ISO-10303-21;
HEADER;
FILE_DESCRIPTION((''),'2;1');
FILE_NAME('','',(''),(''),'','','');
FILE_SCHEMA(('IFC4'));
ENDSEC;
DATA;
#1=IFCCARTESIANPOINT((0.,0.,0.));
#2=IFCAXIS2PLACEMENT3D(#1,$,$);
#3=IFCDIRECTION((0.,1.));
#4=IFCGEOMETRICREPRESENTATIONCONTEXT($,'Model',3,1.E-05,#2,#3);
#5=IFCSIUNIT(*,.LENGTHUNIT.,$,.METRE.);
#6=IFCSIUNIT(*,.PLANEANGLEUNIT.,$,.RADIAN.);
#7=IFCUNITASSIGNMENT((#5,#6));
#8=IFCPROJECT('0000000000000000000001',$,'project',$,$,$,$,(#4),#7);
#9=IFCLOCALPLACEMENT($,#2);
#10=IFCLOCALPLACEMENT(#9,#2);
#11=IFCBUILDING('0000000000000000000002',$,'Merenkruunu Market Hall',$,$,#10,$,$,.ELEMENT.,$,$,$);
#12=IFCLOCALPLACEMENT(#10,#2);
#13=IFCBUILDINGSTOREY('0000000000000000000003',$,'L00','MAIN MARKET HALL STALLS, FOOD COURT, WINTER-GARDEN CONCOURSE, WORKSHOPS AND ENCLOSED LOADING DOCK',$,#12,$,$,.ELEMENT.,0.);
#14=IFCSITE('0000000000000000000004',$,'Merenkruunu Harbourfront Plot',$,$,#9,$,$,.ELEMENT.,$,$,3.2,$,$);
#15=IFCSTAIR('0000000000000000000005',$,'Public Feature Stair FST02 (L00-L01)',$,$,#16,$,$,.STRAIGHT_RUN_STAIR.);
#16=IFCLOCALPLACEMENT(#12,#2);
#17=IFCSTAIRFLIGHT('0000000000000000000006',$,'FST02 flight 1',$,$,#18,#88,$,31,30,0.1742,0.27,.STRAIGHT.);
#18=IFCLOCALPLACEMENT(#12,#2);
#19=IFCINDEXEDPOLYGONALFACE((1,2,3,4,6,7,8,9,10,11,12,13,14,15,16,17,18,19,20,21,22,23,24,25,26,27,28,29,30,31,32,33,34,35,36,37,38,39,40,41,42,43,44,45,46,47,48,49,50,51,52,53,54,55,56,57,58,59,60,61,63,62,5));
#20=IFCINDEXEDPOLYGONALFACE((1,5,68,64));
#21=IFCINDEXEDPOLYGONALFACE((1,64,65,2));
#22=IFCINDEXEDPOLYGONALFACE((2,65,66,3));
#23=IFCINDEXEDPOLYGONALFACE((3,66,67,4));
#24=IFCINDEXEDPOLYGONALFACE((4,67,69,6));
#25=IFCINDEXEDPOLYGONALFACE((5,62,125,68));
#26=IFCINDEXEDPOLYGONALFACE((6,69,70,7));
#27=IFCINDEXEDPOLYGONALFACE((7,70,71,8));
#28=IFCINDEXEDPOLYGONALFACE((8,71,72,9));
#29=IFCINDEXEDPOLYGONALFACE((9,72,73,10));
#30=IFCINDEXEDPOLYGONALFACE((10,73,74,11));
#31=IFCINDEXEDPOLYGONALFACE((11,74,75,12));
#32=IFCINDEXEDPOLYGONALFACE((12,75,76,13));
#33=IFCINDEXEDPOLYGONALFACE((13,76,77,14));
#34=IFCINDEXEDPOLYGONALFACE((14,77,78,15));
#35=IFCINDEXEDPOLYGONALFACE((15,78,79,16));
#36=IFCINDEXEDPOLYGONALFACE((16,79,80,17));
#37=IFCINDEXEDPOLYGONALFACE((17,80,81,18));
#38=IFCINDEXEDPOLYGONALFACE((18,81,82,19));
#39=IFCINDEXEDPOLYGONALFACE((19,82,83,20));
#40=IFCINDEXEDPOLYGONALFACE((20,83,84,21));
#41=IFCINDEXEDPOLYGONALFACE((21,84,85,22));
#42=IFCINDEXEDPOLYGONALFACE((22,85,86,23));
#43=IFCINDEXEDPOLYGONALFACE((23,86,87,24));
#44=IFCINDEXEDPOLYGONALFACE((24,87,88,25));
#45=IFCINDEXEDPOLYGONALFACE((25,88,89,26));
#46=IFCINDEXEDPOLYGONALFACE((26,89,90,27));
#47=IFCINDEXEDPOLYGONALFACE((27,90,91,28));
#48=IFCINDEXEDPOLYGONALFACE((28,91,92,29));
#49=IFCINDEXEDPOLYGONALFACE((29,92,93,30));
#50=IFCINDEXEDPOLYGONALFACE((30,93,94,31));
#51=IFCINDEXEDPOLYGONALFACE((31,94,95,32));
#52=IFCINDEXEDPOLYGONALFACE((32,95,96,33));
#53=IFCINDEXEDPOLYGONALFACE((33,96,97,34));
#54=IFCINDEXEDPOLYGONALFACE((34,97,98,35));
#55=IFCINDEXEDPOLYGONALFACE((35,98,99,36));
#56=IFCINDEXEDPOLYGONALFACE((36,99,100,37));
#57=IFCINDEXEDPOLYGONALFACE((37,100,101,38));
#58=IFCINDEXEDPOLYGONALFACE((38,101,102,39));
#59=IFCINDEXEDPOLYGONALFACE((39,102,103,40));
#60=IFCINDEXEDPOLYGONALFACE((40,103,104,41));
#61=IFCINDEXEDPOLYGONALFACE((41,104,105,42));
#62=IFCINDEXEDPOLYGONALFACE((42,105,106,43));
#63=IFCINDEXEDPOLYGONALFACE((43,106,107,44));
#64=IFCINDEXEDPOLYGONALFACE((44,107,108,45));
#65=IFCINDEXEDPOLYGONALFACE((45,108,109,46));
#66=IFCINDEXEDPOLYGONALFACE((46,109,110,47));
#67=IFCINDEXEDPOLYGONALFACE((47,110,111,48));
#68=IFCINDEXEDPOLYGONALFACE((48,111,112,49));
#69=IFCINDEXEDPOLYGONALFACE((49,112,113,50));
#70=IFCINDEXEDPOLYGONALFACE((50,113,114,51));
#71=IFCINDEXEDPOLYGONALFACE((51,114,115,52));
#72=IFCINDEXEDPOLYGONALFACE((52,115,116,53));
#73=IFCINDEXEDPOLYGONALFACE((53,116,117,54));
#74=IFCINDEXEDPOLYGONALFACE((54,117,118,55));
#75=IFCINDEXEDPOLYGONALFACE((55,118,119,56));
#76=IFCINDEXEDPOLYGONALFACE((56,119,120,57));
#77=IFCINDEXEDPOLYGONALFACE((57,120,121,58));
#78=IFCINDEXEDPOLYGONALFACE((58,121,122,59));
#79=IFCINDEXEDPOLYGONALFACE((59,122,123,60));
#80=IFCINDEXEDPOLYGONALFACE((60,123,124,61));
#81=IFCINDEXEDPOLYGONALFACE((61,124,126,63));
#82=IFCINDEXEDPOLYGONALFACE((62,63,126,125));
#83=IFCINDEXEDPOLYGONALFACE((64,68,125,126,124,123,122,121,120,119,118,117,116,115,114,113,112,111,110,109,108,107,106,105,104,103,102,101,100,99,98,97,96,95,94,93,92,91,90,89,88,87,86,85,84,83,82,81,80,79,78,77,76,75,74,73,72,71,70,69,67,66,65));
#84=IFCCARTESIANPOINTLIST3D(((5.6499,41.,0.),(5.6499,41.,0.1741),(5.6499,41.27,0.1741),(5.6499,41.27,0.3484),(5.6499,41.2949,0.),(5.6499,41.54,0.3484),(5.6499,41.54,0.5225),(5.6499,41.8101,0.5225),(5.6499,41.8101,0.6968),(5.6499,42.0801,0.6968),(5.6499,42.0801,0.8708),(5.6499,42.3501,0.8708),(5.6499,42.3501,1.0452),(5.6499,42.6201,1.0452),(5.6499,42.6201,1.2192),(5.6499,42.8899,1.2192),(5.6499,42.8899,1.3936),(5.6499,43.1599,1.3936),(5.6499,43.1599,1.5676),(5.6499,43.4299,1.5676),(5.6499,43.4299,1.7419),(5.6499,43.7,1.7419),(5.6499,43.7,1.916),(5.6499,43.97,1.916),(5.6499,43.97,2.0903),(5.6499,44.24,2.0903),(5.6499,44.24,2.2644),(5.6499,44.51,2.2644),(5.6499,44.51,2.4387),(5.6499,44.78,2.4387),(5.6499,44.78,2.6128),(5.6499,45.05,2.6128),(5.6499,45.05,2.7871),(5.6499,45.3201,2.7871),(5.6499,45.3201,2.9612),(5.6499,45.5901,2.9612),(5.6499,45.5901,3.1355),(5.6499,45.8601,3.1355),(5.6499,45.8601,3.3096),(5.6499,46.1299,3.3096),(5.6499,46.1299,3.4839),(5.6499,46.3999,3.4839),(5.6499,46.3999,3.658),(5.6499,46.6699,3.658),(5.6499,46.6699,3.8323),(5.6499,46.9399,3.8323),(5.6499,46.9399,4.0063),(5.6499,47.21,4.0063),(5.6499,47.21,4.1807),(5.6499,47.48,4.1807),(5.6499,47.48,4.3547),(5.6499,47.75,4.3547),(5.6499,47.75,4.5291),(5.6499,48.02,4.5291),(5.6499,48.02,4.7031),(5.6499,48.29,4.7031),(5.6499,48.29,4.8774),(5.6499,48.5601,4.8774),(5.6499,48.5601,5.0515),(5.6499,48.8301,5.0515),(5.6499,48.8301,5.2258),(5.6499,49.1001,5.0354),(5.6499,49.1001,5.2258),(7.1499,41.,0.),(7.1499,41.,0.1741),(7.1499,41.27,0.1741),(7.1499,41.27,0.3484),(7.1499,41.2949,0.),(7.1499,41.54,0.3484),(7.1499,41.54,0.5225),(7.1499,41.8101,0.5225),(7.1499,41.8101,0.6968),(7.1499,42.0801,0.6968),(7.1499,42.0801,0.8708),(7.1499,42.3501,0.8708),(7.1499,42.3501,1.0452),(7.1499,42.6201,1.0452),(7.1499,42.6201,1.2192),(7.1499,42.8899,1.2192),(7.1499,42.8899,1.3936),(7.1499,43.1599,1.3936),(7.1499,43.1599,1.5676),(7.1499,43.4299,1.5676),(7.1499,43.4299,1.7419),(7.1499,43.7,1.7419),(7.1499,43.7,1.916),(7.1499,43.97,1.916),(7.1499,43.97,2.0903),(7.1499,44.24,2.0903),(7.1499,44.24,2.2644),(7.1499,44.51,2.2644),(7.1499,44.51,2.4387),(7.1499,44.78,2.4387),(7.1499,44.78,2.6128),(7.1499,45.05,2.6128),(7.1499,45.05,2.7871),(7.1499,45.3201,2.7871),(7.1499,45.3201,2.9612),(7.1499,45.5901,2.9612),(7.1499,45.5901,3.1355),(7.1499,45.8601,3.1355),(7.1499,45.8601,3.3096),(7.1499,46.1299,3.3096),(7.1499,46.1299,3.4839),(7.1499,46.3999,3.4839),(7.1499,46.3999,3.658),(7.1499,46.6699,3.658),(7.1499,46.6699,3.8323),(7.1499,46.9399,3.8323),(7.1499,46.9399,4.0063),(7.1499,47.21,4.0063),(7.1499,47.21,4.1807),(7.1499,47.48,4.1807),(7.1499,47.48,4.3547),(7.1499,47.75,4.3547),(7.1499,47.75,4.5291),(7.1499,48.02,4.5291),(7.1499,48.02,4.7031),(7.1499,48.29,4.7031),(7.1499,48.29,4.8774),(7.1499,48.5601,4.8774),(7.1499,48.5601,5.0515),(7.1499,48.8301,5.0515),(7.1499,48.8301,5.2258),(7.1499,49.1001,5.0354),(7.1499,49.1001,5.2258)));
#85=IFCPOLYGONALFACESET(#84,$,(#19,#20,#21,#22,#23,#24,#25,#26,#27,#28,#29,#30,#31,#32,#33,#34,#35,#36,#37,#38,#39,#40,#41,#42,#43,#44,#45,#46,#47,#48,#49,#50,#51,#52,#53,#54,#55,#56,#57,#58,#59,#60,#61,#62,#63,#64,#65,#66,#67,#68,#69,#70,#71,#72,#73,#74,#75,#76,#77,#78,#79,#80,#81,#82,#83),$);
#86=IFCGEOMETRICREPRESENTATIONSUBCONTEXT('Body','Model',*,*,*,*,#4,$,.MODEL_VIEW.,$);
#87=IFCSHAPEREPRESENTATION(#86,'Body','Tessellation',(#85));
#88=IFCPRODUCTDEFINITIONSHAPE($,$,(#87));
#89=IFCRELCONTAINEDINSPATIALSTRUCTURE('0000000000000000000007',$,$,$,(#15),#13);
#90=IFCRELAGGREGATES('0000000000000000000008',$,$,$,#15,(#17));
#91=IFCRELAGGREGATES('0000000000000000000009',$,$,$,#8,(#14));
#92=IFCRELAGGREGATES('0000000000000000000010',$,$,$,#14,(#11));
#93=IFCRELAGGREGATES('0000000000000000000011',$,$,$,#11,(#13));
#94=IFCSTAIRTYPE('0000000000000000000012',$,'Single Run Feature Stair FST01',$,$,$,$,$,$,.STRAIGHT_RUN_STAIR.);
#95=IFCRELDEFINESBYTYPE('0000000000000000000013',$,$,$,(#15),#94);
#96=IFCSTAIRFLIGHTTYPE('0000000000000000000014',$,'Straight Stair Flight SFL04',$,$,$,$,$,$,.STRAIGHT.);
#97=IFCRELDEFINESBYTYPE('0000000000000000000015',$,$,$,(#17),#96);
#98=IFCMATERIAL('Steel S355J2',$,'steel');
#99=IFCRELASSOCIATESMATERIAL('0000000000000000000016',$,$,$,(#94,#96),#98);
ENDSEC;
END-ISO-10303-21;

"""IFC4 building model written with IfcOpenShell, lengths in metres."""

from ifc_helpers import new_model, si_unit, direction, frame, origin, place, context, subcontext, project, spatial, polyline, outline, extrude, material, type_object, element, aggregate, save


model = new_model("IFC4")

# Units and contexts
model_context = context("Model", 3, precision=1e-05, world=origin(), true_north=direction((0.0, 1.0)))
body_context = subcontext(model_context, "Body", "Model", "MODEL_VIEW")
ifc_project = project(units=[si_unit("LENGTHUNIT", "METRE"), si_unit("PLANEANGLEUNIT", "RADIAN")], contexts=[model_context])

# Site, building, storey
site_placement = place(None, origin())
site = spatial("IfcSite", under=ifc_project, at=site_placement, Name="Merenkruunu Harbourfront Plot", CompositionType="ELEMENT", RefElevation=3.2)
building_placement = place(site_placement, origin())
building = spatial("IfcBuilding", under=site, at=building_placement, Name="Merenkruunu Market Hall", CompositionType="ELEMENT")
storey_placement = place(building_placement, origin())
storey = spatial("IfcBuildingStorey", under=building, at=storey_placement, Name="L00", Description="MAIN MARKET HALL STALLS, FOOD COURT, WINTER-GARDEN CONCOURSE, WORKSHOPS AND ENCLOSED LOADING DOCK", CompositionType="ELEMENT", Elevation=0.0)

# Shared definitions
ifc_material_1 = material(Name="Steel S355J2", Category="steel")

# Stair, stair flight
stair_type = type_object("IfcStairType", Name="Single Run Feature Stair FST01", PredefinedType="STRAIGHT_RUN_STAIR", material=ifc_material_1)
stair_placement = place(storey_placement, origin())
stair = element("IfcStair", 1, at=stair_placement, inside=storey, type_object=stair_type, Name="Public Feature Stair FST02 (L00-L01)", PredefinedType="STRAIGHT_RUN_STAIR")
stair_flight_type = type_object("IfcStairFlightType", Name="Straight Stair Flight SFL04", PredefinedType="STRAIGHT", material=ifc_material_1)
stair_flight_placement = place(storey_placement, frame((6.3999, 41.0, 0.0), z_axis=(0.0, 0.0, 1.0), x_axis=(0.0, 1.0, 0.0)))
stair_flight = element("IfcStairFlight", 2, at=stair_flight_placement, type_object=stair_flight_type, Name="FST02 flight 1", NumberOfRisers=31, NumberOfTreads=30, PredefinedType="STRAIGHT", RiserHeight=0.1742, TreadLength=0.27, context=body_context, shape_type="SweptSolid", body=[
    extrude(outline(polyline([(0.0, 0.0), (0.0, 0.1741), (0.27, 0.1741), (0.27, 0.3484), (0.54, 0.3484), (0.54, 0.5225), (0.8101, 0.5225), (0.8101, 0.6968), (1.0801, 0.6968), (1.0801, 0.8708), (1.3501, 0.8708), (1.3501, 1.0452), (1.6201, 1.0452), (1.6201, 1.2192), (1.8899, 1.2192), (1.8899, 1.3936), (2.1599, 1.3936), (2.1599, 1.5676), (2.4299, 1.5676), (2.4299, 1.7419), (2.7, 1.7419), (2.7, 1.916), (2.97, 1.916), (2.97, 2.0903), (3.24, 2.0903), (3.24, 2.2644), (3.51, 2.2644), (3.51, 2.4387), (3.78, 2.4387), (3.78, 2.6128), (4.05, 2.6128), (4.05, 2.7871), (4.3201, 2.7871), (4.3201, 2.9612), (4.5901, 2.9612), (4.5901, 3.1355), (4.8601, 3.1355), (4.8601, 3.3096), (5.1299, 3.3096), (5.1299, 3.4839), (5.3999, 3.4839), (5.3999, 3.658), (5.6699, 3.658), (5.6699, 3.8323), (5.9399, 3.8323), (5.9399, 4.0063), (6.21, 4.0063), (6.21, 4.1807), (6.48, 4.1807), (6.48, 4.3547), (6.75, 4.3547), (6.75, 4.5291), (7.02, 4.5291), (7.02, 4.7031), (7.29, 4.7031), (7.29, 4.8774), (7.5601, 4.8774), (7.5601, 5.0515), (7.8301, 5.0515), (7.8301, 5.2258), (8.1001, 5.2258), (8.1001, 5.3999), (8.1001, 5.0354), (0.2949, 0.0), (0.0, 0.0)])), frame((0.0, 0.75, 0.0), z_axis=(0.0, -1.0, 0.0), x_axis=(1.0, 0.0, 0.0)), (0.0, 0.0, 1.0), 1.5),
])
aggregate(stair, [stair_flight])

save(model, "model.ifc")
